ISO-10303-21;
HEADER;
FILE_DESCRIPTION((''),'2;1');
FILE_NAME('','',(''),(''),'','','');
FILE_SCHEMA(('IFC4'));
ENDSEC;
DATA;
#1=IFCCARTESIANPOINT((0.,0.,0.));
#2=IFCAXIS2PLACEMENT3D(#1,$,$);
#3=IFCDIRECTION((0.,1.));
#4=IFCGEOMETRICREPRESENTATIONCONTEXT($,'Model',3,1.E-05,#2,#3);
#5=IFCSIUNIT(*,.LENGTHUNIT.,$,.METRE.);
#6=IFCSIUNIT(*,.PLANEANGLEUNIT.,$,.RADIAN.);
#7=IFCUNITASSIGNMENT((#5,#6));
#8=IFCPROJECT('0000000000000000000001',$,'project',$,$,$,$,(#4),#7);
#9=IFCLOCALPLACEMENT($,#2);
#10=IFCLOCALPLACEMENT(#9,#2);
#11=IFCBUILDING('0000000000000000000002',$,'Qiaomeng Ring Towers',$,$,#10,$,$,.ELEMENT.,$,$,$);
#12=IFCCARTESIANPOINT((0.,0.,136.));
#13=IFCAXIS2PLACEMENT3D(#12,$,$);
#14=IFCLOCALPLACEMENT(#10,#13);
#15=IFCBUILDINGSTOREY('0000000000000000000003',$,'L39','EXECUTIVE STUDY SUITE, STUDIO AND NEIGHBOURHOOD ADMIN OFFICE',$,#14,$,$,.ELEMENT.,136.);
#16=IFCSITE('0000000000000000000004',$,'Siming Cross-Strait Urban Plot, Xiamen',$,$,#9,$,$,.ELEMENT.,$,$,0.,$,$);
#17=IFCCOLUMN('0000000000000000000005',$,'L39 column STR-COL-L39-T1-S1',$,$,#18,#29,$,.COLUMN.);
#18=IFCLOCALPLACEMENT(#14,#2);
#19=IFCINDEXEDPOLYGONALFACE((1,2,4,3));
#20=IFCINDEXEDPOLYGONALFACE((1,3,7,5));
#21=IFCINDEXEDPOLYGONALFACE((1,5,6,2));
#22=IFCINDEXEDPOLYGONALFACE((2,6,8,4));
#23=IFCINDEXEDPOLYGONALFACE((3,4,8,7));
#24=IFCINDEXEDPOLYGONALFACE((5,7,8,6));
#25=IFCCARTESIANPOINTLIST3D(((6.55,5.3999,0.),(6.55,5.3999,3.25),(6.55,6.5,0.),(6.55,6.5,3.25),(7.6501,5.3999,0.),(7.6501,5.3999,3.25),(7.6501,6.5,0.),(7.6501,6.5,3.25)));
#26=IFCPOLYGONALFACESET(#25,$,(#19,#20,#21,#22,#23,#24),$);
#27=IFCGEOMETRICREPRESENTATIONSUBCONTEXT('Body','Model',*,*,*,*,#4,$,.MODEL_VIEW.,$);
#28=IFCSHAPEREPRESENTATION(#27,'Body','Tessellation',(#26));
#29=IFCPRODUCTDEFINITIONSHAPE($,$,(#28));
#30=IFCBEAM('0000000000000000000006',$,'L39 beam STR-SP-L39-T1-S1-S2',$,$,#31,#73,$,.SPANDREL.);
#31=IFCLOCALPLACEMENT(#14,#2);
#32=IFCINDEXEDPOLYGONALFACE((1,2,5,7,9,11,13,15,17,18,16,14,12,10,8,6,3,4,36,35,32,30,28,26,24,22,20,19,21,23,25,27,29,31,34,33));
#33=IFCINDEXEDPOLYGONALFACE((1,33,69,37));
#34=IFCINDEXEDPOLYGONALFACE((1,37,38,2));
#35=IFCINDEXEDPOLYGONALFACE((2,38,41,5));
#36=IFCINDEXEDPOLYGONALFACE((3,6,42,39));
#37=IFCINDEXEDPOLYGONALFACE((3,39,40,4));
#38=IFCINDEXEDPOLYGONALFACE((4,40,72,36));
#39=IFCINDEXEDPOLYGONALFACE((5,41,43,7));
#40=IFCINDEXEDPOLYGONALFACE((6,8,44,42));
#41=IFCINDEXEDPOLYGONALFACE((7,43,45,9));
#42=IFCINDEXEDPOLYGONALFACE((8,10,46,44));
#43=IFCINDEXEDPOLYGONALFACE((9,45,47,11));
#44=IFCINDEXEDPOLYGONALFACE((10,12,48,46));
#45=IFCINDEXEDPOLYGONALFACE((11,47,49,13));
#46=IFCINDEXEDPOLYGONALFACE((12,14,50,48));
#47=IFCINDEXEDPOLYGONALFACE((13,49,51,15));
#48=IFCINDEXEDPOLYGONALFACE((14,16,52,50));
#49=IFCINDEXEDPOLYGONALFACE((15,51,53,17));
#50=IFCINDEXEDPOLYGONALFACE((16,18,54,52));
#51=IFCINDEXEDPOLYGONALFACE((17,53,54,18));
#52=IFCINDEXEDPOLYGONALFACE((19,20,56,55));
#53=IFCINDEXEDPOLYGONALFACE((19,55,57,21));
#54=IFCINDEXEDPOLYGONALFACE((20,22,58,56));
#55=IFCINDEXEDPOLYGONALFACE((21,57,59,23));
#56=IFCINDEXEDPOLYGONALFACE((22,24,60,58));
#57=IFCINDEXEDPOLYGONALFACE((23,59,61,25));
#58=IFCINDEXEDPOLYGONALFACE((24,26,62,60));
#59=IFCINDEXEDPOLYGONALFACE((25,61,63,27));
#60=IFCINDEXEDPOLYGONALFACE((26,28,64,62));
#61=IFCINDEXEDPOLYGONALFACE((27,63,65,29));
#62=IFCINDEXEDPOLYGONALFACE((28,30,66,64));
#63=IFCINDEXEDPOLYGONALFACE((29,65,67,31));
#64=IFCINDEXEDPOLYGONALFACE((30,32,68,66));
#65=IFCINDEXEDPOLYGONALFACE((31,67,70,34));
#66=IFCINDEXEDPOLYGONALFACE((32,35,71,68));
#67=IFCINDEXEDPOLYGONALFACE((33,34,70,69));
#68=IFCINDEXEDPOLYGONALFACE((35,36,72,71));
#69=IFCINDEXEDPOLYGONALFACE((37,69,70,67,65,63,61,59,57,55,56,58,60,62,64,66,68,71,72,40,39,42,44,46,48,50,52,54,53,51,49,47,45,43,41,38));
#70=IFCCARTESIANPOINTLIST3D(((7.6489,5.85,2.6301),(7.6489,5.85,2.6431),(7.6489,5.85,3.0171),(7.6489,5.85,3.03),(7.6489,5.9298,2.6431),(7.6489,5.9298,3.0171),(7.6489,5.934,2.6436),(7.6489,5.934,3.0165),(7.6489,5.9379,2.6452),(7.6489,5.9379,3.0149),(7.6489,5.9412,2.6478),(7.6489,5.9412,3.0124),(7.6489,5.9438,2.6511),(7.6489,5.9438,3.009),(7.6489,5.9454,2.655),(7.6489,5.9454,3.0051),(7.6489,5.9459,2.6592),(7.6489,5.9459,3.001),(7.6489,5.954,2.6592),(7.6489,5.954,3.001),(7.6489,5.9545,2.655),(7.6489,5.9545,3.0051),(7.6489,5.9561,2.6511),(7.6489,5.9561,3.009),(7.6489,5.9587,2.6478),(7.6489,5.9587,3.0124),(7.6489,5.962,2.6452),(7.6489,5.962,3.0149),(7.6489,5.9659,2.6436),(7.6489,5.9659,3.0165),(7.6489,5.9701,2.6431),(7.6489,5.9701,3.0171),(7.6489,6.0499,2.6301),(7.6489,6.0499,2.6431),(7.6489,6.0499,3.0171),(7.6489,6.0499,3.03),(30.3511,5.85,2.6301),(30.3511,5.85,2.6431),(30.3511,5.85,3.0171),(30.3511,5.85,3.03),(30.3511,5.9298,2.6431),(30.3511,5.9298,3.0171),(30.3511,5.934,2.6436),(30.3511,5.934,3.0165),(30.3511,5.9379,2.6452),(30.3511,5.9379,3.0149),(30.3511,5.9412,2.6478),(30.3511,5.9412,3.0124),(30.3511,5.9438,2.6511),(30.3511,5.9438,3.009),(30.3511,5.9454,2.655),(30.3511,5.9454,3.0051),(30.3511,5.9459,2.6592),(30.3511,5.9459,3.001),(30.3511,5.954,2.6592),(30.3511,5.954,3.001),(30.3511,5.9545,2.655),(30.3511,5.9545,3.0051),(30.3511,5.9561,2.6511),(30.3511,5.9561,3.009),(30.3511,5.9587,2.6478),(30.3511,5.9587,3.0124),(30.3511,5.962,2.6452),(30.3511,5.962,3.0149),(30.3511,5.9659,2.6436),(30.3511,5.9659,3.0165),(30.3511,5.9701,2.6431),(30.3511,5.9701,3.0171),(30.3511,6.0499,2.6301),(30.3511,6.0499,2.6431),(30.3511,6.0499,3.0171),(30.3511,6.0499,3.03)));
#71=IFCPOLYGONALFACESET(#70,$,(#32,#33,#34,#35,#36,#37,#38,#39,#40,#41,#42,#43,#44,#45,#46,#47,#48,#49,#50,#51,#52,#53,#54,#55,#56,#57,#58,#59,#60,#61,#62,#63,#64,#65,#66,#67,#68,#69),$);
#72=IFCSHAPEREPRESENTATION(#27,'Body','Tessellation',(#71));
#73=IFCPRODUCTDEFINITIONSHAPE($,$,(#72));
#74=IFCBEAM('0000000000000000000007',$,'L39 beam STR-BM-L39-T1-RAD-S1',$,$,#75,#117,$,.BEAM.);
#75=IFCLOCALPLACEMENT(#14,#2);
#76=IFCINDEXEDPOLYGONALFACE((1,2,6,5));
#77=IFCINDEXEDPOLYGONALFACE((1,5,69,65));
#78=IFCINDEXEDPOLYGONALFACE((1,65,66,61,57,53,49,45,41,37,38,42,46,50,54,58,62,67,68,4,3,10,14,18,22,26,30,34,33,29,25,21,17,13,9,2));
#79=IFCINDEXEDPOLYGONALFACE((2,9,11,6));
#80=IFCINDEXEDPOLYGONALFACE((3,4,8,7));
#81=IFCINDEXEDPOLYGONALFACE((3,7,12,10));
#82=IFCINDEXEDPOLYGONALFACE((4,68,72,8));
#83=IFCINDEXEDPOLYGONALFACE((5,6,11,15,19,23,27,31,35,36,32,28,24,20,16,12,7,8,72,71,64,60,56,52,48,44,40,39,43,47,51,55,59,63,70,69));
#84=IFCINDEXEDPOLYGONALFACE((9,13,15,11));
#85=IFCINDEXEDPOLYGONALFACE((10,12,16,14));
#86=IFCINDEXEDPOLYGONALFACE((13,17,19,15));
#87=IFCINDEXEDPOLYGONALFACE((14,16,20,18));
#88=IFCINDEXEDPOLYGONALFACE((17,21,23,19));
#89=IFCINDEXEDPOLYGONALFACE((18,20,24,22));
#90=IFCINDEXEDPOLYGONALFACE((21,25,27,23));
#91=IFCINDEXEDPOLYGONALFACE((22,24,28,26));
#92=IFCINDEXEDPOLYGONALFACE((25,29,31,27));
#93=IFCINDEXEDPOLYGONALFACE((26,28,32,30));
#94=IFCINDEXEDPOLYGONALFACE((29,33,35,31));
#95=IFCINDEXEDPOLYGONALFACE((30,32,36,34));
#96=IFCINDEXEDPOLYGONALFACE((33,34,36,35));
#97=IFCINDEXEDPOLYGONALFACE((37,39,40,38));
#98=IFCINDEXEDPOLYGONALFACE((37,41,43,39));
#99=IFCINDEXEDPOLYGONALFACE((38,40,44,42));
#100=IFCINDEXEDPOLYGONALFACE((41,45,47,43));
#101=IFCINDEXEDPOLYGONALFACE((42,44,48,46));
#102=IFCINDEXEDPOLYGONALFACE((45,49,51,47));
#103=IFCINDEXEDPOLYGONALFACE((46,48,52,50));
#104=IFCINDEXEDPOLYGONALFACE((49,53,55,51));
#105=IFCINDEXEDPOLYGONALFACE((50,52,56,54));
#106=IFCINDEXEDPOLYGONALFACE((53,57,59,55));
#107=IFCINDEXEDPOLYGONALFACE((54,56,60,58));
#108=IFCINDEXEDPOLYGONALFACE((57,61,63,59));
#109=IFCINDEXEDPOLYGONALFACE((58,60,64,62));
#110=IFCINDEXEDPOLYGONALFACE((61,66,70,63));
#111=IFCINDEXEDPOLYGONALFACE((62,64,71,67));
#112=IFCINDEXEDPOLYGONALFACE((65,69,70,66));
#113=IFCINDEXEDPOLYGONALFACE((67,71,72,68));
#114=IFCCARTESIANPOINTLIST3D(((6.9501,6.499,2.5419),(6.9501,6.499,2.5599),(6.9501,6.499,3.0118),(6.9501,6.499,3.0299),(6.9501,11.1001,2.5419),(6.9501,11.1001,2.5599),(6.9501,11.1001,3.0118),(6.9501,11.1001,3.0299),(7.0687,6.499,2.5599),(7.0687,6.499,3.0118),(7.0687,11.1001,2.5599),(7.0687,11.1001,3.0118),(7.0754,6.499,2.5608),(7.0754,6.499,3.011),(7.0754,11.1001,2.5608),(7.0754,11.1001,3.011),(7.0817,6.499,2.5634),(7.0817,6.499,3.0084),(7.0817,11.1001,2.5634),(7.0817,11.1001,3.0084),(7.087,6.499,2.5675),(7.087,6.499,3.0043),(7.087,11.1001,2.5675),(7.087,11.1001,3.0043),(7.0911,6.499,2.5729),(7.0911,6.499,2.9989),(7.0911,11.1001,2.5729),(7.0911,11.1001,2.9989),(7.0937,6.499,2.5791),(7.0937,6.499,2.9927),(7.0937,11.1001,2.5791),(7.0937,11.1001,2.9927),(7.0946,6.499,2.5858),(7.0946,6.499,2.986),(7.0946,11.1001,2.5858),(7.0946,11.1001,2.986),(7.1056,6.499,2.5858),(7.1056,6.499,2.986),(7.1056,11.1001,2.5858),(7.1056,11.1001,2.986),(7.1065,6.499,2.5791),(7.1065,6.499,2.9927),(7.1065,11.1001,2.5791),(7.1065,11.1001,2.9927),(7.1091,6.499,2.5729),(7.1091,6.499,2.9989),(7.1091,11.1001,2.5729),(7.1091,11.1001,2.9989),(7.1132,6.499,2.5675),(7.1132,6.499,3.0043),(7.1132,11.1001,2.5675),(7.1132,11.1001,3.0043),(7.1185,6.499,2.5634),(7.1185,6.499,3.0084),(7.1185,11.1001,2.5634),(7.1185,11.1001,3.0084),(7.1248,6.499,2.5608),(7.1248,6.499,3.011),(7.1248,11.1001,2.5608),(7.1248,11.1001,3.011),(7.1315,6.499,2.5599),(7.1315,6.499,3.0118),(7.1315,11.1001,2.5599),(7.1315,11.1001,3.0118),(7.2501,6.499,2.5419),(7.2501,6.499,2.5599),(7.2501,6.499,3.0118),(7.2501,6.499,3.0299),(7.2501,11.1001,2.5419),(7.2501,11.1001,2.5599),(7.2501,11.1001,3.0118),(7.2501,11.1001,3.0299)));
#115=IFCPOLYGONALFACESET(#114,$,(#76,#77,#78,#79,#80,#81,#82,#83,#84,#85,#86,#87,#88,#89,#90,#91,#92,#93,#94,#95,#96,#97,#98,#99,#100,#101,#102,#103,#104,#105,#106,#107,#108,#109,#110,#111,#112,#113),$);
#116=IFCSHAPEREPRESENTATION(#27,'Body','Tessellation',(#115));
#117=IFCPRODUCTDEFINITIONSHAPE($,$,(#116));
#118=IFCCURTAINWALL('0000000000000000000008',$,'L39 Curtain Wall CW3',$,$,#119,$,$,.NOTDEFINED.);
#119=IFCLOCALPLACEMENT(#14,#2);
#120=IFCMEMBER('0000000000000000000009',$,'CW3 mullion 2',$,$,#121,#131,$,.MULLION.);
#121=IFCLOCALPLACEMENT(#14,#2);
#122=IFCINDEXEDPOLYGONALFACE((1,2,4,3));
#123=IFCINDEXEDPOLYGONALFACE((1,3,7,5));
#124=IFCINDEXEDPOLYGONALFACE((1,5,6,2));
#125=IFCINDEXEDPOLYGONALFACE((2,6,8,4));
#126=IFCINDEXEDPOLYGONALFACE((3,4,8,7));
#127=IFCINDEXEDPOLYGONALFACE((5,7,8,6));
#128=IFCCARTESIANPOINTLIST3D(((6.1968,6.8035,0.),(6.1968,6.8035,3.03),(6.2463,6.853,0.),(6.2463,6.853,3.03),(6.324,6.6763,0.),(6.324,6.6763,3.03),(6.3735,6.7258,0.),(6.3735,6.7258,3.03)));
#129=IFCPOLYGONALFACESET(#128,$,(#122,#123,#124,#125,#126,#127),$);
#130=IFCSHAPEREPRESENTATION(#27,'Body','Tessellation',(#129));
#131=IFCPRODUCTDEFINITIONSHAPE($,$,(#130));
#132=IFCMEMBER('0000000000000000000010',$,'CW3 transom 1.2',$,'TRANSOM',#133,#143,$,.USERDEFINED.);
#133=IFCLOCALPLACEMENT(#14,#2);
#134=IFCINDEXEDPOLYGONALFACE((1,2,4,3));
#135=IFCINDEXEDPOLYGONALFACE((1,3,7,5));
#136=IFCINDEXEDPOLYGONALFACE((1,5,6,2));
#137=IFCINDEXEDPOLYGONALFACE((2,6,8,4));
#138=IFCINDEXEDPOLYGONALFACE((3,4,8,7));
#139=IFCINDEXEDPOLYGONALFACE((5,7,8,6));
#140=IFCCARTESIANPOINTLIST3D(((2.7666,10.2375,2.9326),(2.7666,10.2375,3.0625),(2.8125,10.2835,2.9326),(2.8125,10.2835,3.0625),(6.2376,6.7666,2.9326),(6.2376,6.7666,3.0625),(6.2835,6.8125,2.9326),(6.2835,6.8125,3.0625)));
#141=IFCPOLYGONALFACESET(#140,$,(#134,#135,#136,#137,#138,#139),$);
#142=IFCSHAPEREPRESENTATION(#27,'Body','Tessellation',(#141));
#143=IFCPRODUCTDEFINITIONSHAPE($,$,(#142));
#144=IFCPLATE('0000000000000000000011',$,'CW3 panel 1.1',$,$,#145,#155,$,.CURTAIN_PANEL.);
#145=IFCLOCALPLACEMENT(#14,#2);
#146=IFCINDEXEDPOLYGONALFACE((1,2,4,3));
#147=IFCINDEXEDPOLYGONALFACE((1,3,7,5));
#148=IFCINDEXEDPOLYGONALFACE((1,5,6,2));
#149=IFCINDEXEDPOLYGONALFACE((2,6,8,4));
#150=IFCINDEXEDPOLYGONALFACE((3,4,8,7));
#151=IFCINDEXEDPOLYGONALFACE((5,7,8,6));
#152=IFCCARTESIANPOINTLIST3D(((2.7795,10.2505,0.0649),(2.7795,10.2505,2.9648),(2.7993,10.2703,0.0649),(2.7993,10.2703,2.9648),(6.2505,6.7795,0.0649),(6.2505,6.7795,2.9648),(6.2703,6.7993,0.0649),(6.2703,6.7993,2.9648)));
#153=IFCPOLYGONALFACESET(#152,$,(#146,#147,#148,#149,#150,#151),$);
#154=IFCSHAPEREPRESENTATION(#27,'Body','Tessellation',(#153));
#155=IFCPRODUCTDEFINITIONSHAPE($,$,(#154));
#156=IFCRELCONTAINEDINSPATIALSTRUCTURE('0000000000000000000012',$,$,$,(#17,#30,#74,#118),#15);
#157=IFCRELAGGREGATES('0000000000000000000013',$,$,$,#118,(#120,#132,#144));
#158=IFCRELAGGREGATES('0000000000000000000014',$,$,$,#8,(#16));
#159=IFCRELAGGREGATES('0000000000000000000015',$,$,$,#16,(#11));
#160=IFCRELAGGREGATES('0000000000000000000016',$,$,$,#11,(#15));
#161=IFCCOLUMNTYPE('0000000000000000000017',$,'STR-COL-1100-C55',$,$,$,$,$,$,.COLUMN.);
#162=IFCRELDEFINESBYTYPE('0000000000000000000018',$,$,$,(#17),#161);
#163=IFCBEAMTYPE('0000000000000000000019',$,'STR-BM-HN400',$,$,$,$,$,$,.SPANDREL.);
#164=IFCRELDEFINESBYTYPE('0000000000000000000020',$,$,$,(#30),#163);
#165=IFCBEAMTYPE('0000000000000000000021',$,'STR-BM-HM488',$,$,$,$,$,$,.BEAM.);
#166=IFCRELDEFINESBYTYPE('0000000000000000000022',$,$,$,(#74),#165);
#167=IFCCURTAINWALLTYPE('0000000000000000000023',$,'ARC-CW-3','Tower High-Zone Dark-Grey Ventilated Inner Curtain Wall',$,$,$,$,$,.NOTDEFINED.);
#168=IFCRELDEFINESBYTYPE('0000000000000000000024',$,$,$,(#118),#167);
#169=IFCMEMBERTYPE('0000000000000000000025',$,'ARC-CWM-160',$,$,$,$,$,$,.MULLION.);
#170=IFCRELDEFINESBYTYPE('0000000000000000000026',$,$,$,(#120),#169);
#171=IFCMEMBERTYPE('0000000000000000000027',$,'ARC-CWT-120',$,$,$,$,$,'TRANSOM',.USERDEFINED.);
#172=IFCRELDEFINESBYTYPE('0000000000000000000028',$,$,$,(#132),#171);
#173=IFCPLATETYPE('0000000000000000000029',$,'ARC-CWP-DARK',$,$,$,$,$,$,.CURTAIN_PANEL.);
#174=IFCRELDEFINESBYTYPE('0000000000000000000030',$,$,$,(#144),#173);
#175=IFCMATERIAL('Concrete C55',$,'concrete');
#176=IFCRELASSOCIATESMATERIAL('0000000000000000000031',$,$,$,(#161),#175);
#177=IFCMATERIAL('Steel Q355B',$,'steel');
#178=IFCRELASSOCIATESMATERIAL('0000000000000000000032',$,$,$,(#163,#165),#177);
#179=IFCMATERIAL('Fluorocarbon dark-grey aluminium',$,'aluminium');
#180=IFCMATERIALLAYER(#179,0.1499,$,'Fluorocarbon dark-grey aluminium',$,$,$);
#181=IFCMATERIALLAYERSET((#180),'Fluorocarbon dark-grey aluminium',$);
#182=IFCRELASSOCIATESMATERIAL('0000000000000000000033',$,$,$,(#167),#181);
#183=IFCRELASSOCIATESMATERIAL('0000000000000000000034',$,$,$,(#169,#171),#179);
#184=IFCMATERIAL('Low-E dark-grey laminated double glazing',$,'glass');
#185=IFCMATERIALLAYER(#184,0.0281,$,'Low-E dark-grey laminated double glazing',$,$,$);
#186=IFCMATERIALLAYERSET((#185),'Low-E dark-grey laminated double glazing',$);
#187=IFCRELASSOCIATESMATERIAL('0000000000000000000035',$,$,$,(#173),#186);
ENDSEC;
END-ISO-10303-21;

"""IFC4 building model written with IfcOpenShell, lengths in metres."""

from ifc_helpers import new_model, si_unit, direction, frame, origin, origin_2d, place, context, subcontext, project, spatial, rectangle, i_section, extrude, source, transform, mapped, material, layer, layer_set, material_profile, profile_set, type_object, element, aggregate, save


model = new_model("IFC4")

# Units and contexts
model_context = context("Model", 3, precision=1e-05, world=origin(), true_north=direction((0.0, 1.0)))
body_context = subcontext(model_context, "Body", "Model", "MODEL_VIEW")
ifc_project = project(units=[si_unit("LENGTHUNIT", "METRE"), si_unit("PLANEANGLEUNIT", "RADIAN")], contexts=[model_context])

# Site, building, storey
site_placement = place(None, origin())
site = spatial("IfcSite", under=ifc_project, at=site_placement, Name="Siming Cross-Strait Urban Plot, Xiamen", CompositionType="ELEMENT", RefElevation=0.0)
building_placement = place(site_placement, origin())
building = spatial("IfcBuilding", under=site, at=building_placement, Name="Qiaomeng Ring Towers", CompositionType="ELEMENT")
storey_placement = place(building_placement, frame((0.0, 0.0, 136.0)))
storey = spatial("IfcBuildingStorey", under=building, at=storey_placement, Name="L39", Description="EXECUTIVE STUDY SUITE, STUDIO AND NEIGHBOURHOOD ADMIN OFFICE", CompositionType="ELEMENT", Elevation=136.0)

# Column
ifc_material_1 = material(Name="Concrete C55", Category="concrete")
ifc_material_profile_1 = material_profile(ifc_material_1, rectangle(XDim=1.1001, YDim=1.1001, at=origin_2d()), Name="RC COL 1100x1100")
ifc_profile_set_1 = profile_set([ifc_material_profile_1], Name="Concrete C55")
column_type = type_object("IfcColumnType", Name="STR-COL-1100-C55", PredefinedType="COLUMN", material=ifc_profile_set_1)
shared_shape_1 = source(origin(), body_context, "Body", "SweptSolid", [
    extrude(rectangle(XDim=1.1001, YDim=1.1001, at=origin_2d()), origin(), (0.0, 0.0, 1.0), 3.25),
])
column_placement = place(storey_placement, frame((7.1001, 5.95, 0.0), z_axis=(0.0, 0.0, 1.0), x_axis=(1.0, 0.0, 0.0)))
element("IfcColumn", 1, at=column_placement, inside=storey, type_object=column_type, Name="L39 column STR-COL-L39-T1-S1", PredefinedType="COLUMN", context=body_context, shape_type="MappedRepresentation", body=[
    mapped(shared_shape_1, transform((0.0, 0.0, 0.0), x_axis=(1.0, 0.0, 0.0), y_axis=(0.0, 1.0, 0.0), z_axis=(0.0, 0.0, 1.0), scale=1.0)),
])

# Beams
ifc_material_2 = material(Name="Steel Q355B", Category="steel")
ifc_material_profile_2 = material_profile(ifc_material_2, i_section(OverallWidth=0.2, OverallDepth=0.3999, WebThickness=0.0081, FlangeThickness=0.0129, FilletRadius=0.0161, at=origin_2d()), Name="HN 400x200x8x13")
ifc_profile_set_2 = profile_set([ifc_material_profile_2], Name="Steel Q355B")
beam_type_1 = type_object("IfcBeamType", Name="STR-BM-HN400", PredefinedType="SPANDREL", material=ifc_profile_set_2)
shared_shape_2 = source(origin(), body_context, "Body", "SweptSolid", [
    extrude(i_section(OverallWidth=0.2, OverallDepth=0.3999, WebThickness=0.0081, FlangeThickness=0.0129, FilletRadius=0.0161, at=origin_2d()), origin(), (0.0, 0.0, 1.0), 22.7021),
])
beam_1_placement = place(storey_placement, frame((7.6489, 5.95, 2.8301), z_axis=(1.0, 0.0, 0.0), x_axis=(0.0, 1.0, 0.0)))
element("IfcBeam", 2, at=beam_1_placement, inside=storey, type_object=beam_type_1, Name="L39 beam STR-SP-L39-T1-S1-S2", PredefinedType="SPANDREL", context=body_context, shape_type="MappedRepresentation", body=[
    mapped(shared_shape_2, transform((0.0, 0.0, 0.0), x_axis=(1.0, 0.0, 0.0), y_axis=(0.0, 1.0, 0.0), z_axis=(0.0, 0.0, 1.0), scale=1.0)),
])
ifc_material_profile_3 = material_profile(ifc_material_2, i_section(OverallWidth=0.3, OverallDepth=0.488, WebThickness=0.011, FlangeThickness=0.0181, FilletRadius=0.0259, at=origin_2d()), Name="HM 488x300x11x18")
ifc_profile_set_3 = profile_set([ifc_material_profile_3], Name="Steel Q355B")
beam_type_2 = type_object("IfcBeamType", Name="STR-BM-HM488", PredefinedType="BEAM", material=ifc_profile_set_3)
shared_shape_3 = source(origin(), body_context, "Body", "SweptSolid", [
    extrude(i_section(OverallWidth=0.3, OverallDepth=0.488, WebThickness=0.011, FlangeThickness=0.0181, FilletRadius=0.0259, at=origin_2d()), origin(), (0.0, 0.0, 1.0), 4.6011),
])
beam_2_placement = place(storey_placement, frame((7.1001, 6.499, 2.7859), z_axis=(0.0, 1.0, 0.0), x_axis=(-1.0, 0.0, 0.0)))
element("IfcBeam", 3, at=beam_2_placement, inside=storey, type_object=beam_type_2, Name="L39 beam STR-BM-L39-T1-RAD-S1", PredefinedType="BEAM", context=body_context, shape_type="MappedRepresentation", body=[
    mapped(shared_shape_3, transform((0.0, 0.0, 0.0), x_axis=(1.0, 0.0, 0.0), y_axis=(0.0, 1.0, 0.0), z_axis=(0.0, 0.0, 1.0), scale=1.0)),
])

# Curtain wall, members, plate
ifc_material_3 = material(Name="Fluorocarbon dark-grey aluminium", Category="aluminium")
ifc_layer_1 = layer(ifc_material_3, 0.1499, Name="Fluorocarbon dark-grey aluminium")
ifc_layer_set_1 = layer_set([ifc_layer_1], Name="Fluorocarbon dark-grey aluminium")
curtain_wall_type = type_object("IfcCurtainWallType", Name="ARC-CW-3", Description="Tower High-Zone Dark-Grey Ventilated Inner Curtain Wall", PredefinedType="NOTDEFINED", material=ifc_layer_set_1)
curtain_wall_placement = place(storey_placement, origin())
curtain_wall = element("IfcCurtainWall", 4, at=curtain_wall_placement, inside=storey, type_object=curtain_wall_type, Name="L39 Curtain Wall CW3", PredefinedType="NOTDEFINED")
ifc_material_profile_4 = material_profile(ifc_material_3, rectangle(XDim=0.0701, YDim=0.1799, at=origin_2d()), Name="ALU MULL 70x180")
ifc_profile_set_4 = profile_set([ifc_material_profile_4], Name="Fluorocarbon dark-grey aluminium")
member_type_1 = type_object("IfcMemberType", Name="ARC-CWM-160", PredefinedType="MULLION", material=ifc_profile_set_4)
shared_shape_4 = source(origin(), body_context, "Body", "SweptSolid", [
    extrude(rectangle(XDim=0.0701, YDim=0.1799, at=origin_2d()), origin(), (0.0, 0.0, 1.0), 3.03),
])
member_1_placement = place(storey_placement, frame((6.2852, 6.7646, 0.0), z_axis=(0.0, 0.0, 1.0), x_axis=(0.707107, 0.707107, 0.0)))
member_1 = element("IfcMember", 5, at=member_1_placement, type_object=member_type_1, Name="CW3 mullion 2", PredefinedType="MULLION", context=body_context, shape_type="MappedRepresentation", body=[
    mapped(shared_shape_4, transform((0.0, 0.0, 0.0), x_axis=(1.0, 0.0, 0.0), y_axis=(0.0, 1.0, 0.0), z_axis=(0.0, 0.0, 1.0), scale=1.0)),
])
ifc_material_profile_5 = material_profile(ifc_material_3, rectangle(XDim=0.0649, YDim=0.1299, at=origin_2d()), Name="ALU TRAN 65x130")
ifc_profile_set_5 = profile_set([ifc_material_profile_5], Name="Fluorocarbon dark-grey aluminium")
member_type_2 = type_object("IfcMemberType", Name="ARC-CWT-120", ElementType="TRANSOM", PredefinedType="USERDEFINED", material=ifc_profile_set_5)
shared_shape_5 = source(origin(), body_context, "Body", "SweptSolid", [
    extrude(rectangle(XDim=0.0649, YDim=0.1299, at=origin_2d()), origin(), (0.0, 0.0, 1.0), 4.9087),
])
member_2_placement = place(storey_placement, frame((2.7896, 10.2605, 2.9976), z_axis=(0.707107, -0.707107, 0.0), x_axis=(0.707107, 0.707107, 0.0)))
member_2 = element("IfcMember", 6, at=member_2_placement, type_object=member_type_2, Name="CW3 transom 1.2", ObjectType="TRANSOM", PredefinedType="USERDEFINED", context=body_context, shape_type="MappedRepresentation", body=[
    mapped(shared_shape_5, transform((0.0, 0.0, 0.0), x_axis=(1.0, 0.0, 0.0), y_axis=(0.0, 1.0, 0.0), z_axis=(0.0, 0.0, 1.0), scale=1.0)),
])
ifc_material_4 = material(Name="Low-E dark-grey laminated double glazing", Category="glass")
ifc_layer_2 = layer(ifc_material_4, 0.0281, Name="Low-E dark-grey laminated double glazing")
ifc_layer_set_2 = layer_set([ifc_layer_2], Name="Low-E dark-grey laminated double glazing")
plate_type = type_object("IfcPlateType", Name="ARC-CWP-DARK", PredefinedType="CURTAIN_PANEL", material=ifc_layer_set_2)
shared_shape_6 = source(origin(), body_context, "Body", "SweptSolid", [
    extrude(rectangle(XDim=4.9087, YDim=0.0281, at=origin_2d()), origin(), (0.0, 0.0, 1.0), 2.8999),
])
plate_placement = place(storey_placement, frame((4.5249, 8.5249, 0.0649), z_axis=(0.0, 0.0, 1.0), x_axis=(0.707107, -0.707107, 0.0)))
plate = element("IfcPlate", 7, at=plate_placement, type_object=plate_type, Name="CW3 panel 1.1", PredefinedType="CURTAIN_PANEL", context=body_context, shape_type="MappedRepresentation", body=[
    mapped(shared_shape_6, transform((0.0, 0.0, 0.0), x_axis=(1.0, 0.0, 0.0), y_axis=(0.0, 1.0, 0.0), z_axis=(0.0, 0.0, 1.0), scale=1.0)),
])
aggregate(curtain_wall, [member_1, member_2, plate])

save(model, "model.ifc")
